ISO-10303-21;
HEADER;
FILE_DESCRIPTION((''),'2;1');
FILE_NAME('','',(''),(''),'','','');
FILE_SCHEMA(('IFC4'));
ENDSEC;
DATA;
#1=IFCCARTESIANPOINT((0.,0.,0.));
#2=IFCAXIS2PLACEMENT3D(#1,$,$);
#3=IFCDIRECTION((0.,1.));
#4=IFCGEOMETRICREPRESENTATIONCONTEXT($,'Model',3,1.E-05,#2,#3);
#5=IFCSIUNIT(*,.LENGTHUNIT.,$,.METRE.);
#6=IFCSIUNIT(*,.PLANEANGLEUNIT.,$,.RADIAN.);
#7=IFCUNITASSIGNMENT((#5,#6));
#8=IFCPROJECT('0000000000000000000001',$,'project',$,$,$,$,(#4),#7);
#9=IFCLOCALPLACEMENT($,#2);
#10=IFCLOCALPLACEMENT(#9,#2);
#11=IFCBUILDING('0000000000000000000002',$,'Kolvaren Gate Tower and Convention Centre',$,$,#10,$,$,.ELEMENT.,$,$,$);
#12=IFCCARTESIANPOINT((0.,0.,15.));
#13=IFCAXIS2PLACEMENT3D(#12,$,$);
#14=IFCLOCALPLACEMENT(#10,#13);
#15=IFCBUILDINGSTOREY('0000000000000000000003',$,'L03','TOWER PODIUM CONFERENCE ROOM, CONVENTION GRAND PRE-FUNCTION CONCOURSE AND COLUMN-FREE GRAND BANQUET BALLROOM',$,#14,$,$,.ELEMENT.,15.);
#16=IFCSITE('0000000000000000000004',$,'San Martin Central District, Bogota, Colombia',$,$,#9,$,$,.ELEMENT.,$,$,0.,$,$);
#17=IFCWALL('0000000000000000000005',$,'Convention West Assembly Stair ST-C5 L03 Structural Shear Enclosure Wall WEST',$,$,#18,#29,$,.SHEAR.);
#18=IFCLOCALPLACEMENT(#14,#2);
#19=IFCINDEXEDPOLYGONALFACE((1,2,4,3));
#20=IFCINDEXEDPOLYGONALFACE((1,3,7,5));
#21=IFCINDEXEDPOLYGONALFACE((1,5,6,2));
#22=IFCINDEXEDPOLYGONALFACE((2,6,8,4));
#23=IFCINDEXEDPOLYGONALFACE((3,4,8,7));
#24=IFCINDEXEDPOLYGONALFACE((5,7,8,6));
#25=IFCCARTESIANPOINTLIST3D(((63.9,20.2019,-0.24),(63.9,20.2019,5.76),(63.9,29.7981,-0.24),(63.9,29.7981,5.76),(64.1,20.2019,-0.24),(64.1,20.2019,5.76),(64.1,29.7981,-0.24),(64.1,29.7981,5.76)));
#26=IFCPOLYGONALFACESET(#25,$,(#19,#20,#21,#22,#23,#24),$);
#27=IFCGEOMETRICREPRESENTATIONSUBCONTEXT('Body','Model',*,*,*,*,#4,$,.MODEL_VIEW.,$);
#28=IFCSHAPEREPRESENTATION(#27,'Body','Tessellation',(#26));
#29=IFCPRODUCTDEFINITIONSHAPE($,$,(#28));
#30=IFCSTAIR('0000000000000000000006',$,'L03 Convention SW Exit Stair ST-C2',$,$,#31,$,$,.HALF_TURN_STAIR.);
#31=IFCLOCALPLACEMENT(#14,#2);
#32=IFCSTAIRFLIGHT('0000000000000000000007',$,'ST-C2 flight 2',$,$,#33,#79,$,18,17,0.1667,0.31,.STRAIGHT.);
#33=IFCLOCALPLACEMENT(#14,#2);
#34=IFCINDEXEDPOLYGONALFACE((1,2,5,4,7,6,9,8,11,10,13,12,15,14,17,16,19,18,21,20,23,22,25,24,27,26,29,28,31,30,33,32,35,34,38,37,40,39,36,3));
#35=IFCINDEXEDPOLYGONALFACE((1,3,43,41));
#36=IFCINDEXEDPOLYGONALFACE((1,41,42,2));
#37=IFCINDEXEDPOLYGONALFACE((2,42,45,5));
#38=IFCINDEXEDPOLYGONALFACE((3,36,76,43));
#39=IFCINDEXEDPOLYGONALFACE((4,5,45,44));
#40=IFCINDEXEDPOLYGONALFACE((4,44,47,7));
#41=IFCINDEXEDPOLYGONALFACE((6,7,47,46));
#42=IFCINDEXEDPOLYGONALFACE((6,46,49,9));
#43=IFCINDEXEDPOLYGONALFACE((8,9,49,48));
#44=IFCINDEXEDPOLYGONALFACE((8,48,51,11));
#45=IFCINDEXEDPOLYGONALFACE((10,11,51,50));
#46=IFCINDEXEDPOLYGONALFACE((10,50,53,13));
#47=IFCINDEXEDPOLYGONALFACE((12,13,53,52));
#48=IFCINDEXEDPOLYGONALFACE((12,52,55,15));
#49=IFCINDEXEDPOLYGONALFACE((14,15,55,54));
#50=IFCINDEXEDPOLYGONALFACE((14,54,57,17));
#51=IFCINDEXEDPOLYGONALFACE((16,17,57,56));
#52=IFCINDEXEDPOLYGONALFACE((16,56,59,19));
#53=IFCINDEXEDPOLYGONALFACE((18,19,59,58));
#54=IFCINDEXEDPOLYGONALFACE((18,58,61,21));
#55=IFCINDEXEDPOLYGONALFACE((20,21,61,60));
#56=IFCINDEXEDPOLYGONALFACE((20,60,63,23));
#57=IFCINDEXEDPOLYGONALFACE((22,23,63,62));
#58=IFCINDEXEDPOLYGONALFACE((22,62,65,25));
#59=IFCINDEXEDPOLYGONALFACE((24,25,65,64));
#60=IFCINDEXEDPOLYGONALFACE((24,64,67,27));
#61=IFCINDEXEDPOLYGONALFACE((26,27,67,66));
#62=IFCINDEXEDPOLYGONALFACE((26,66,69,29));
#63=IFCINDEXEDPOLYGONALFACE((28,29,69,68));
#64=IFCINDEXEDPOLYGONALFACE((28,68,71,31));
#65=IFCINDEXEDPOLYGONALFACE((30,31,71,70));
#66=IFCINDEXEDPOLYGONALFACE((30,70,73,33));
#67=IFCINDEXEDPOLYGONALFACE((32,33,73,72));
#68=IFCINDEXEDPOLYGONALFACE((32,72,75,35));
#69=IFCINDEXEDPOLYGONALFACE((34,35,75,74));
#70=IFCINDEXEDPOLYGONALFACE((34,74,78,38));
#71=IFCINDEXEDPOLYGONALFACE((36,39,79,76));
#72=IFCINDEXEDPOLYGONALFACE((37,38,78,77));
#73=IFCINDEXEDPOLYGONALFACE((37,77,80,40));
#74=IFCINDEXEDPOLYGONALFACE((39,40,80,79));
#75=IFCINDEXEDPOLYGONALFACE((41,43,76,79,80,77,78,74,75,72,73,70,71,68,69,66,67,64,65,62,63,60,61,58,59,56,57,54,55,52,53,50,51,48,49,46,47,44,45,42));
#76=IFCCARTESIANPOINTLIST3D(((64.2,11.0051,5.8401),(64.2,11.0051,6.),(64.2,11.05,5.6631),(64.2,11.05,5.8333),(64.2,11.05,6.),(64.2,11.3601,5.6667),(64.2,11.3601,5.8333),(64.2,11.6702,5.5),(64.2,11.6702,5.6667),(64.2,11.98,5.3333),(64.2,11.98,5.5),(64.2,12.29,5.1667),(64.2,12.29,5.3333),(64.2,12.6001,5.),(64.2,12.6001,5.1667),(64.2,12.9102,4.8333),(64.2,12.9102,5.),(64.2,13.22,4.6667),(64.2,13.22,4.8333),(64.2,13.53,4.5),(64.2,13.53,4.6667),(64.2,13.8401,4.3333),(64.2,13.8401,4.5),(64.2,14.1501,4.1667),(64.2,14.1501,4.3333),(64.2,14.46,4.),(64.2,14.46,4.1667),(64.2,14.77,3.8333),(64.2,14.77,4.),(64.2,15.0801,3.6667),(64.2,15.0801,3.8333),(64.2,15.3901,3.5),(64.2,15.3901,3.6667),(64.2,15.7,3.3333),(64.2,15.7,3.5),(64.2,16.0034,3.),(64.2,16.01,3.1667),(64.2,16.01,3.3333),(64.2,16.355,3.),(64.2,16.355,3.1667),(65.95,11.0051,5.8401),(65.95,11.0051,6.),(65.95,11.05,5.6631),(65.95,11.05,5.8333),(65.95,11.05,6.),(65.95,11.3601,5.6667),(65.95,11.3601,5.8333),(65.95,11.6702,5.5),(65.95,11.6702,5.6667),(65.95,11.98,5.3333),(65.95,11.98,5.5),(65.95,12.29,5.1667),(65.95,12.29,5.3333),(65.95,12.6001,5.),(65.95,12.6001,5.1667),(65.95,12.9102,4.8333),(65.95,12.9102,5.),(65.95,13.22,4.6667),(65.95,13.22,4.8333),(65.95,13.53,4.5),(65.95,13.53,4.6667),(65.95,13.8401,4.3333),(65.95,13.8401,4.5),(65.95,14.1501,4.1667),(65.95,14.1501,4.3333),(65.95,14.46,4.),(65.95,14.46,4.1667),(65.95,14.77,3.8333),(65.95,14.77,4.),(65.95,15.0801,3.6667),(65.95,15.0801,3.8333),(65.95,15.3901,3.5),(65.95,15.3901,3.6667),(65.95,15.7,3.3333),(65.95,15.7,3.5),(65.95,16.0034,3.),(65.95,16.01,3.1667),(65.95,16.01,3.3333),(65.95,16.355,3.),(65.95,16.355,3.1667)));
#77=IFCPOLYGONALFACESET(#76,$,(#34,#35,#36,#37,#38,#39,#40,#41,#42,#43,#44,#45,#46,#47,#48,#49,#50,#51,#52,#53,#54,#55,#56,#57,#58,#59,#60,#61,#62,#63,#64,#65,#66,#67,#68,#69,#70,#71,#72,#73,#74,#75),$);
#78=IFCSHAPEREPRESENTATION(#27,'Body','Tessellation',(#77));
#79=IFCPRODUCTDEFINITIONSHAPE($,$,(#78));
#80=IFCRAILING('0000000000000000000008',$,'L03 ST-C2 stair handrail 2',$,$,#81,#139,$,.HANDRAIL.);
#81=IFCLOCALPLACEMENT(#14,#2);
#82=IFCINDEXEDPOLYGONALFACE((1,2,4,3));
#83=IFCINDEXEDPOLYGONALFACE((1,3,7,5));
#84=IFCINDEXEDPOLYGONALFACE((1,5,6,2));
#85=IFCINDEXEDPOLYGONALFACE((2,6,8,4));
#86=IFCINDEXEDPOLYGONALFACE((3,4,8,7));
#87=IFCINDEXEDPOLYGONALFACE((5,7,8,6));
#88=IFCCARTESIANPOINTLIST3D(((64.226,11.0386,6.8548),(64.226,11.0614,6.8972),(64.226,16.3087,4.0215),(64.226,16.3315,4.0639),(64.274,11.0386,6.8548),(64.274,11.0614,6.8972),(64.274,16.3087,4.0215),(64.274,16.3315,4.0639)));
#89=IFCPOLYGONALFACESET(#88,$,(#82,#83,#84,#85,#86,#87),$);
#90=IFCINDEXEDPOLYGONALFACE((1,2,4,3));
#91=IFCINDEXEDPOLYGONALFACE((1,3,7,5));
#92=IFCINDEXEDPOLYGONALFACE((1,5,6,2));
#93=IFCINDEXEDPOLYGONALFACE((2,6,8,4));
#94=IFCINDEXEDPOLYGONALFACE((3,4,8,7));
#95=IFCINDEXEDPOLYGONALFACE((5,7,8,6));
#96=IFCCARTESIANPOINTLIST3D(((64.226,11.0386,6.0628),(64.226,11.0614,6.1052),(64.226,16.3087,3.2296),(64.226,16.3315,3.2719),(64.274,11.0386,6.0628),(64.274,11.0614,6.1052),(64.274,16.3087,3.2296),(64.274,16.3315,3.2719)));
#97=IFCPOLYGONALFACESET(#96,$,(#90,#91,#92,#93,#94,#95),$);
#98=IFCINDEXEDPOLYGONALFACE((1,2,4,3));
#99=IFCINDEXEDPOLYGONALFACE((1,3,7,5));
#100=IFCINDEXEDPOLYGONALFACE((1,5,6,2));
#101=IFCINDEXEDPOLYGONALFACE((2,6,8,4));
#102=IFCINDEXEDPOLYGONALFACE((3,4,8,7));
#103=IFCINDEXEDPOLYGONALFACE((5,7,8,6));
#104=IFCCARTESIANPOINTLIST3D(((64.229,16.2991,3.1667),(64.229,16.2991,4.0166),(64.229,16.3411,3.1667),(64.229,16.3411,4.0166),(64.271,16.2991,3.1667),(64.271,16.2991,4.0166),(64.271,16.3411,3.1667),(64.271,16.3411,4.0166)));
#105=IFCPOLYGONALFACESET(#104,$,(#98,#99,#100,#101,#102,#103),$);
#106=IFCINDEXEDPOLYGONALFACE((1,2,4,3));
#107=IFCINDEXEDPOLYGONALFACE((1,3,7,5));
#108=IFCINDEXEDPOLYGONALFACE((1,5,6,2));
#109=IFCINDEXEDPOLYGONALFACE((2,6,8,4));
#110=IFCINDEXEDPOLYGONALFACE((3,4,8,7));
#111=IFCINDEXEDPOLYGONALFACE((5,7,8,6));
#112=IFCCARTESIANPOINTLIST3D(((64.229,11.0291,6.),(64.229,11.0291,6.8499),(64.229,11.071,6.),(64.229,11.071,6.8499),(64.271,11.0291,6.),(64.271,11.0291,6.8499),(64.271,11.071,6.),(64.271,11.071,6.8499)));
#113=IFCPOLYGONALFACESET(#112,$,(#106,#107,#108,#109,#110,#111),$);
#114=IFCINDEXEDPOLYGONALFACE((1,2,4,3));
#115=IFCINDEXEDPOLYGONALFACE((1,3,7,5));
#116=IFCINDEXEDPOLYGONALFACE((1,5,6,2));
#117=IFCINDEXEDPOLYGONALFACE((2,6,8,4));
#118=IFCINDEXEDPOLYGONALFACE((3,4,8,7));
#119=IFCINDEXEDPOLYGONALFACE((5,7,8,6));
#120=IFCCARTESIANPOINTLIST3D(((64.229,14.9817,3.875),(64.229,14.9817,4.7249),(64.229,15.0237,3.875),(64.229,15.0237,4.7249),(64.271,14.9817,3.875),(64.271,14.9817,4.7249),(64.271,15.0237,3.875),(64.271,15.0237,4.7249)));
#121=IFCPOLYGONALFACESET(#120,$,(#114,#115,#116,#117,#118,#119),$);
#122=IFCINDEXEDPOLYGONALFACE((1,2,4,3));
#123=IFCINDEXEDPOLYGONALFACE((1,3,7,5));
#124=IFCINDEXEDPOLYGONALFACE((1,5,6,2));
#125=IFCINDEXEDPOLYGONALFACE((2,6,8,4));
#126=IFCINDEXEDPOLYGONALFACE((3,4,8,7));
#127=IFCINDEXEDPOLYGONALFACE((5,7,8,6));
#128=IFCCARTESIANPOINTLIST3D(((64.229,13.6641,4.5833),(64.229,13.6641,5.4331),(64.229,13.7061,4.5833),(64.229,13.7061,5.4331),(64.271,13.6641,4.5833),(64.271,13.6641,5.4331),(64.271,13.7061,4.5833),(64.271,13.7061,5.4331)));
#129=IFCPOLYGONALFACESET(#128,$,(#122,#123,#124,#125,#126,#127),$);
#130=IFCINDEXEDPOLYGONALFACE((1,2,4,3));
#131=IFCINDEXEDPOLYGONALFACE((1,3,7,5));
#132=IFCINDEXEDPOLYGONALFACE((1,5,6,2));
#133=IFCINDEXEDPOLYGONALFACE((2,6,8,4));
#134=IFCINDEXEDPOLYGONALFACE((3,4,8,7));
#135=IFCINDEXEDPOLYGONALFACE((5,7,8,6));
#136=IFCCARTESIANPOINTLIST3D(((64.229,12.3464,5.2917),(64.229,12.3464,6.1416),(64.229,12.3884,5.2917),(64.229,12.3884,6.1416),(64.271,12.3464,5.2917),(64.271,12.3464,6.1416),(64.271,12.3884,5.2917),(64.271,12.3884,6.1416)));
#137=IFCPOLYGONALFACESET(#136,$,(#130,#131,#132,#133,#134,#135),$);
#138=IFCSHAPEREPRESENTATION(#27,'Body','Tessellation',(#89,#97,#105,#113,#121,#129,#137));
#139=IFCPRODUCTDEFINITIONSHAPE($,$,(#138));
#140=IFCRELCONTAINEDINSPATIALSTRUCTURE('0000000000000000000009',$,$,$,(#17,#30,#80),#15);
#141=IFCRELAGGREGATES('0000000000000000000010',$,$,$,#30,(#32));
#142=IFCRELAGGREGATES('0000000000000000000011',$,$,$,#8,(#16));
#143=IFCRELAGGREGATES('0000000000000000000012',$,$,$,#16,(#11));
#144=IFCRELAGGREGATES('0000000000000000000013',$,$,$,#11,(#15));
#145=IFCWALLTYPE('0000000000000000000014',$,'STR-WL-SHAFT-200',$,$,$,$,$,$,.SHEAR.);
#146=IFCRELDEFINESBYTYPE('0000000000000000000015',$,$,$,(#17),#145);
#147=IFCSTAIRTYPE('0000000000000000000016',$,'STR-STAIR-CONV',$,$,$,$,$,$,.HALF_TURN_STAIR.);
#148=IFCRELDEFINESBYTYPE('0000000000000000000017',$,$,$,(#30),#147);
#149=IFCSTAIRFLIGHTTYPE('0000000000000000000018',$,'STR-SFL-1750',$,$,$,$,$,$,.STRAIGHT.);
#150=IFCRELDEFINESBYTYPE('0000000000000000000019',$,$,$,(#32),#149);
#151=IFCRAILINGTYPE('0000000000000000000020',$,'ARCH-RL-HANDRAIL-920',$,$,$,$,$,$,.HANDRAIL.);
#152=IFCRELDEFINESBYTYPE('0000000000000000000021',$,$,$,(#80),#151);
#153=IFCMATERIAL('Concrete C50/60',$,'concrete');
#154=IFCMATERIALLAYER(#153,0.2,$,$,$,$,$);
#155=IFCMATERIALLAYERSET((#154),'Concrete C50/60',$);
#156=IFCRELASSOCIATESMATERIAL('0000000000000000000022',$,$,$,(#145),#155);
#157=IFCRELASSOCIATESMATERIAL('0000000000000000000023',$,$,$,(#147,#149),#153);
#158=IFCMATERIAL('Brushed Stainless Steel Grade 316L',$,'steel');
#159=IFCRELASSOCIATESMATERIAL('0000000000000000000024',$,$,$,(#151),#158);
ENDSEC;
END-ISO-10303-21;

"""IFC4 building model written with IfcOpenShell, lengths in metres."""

from ifc_helpers import new_model, si_unit, direction, frame, frame_2d, origin, origin_2d, place, context, subcontext, project, spatial, polyline, rectangle, outline, extrude, material, layer, layer_set, type_object, element, aggregate, save


model = new_model("IFC4")

# Units and contexts
model_context = context("Model", 3, precision=1e-05, world=origin(), true_north=direction((0.0, 1.0)))
body_context = subcontext(model_context, "Body", "Model", "MODEL_VIEW")
ifc_project = project(units=[si_unit("LENGTHUNIT", "METRE"), si_unit("PLANEANGLEUNIT", "RADIAN")], contexts=[model_context])

# Site, building, storey
site_placement = place(None, origin())
site = spatial("IfcSite", under=ifc_project, at=site_placement, Name="San Martin Central District, Bogota, Colombia", CompositionType="ELEMENT", RefElevation=0.0)
building_placement = place(site_placement, origin())
building = spatial("IfcBuilding", under=site, at=building_placement, Name="Kolvaren Gate Tower and Convention Centre", CompositionType="ELEMENT")
storey_placement = place(building_placement, frame((0.0, 0.0, 15.0)))
storey = spatial("IfcBuildingStorey", under=building, at=storey_placement, Name="L03", Description="TOWER PODIUM CONFERENCE ROOM, CONVENTION GRAND PRE-FUNCTION CONCOURSE AND COLUMN-FREE GRAND BANQUET BALLROOM", CompositionType="ELEMENT", Elevation=15.0)

# Shared definitions
ifc_material_1 = material(Name="Concrete C50/60", Category="concrete")
ifc_layer_1 = layer(ifc_material_1, 0.2)
ifc_layer_set_1 = layer_set([ifc_layer_1], Name="Concrete C50/60")
wall_type_1 = type_object("IfcWallType", Name="STR-WL-SHAFT-200", PredefinedType="SHEAR", material=ifc_layer_set_1)

# Wall
wall_1_placement = place(storey_placement, frame((64.0, 20.2019, -0.24), z_axis=(0.0, 0.0, 1.0), x_axis=(0.0, 1.0, 0.0)))
element("IfcWall", 1, at=wall_1_placement, inside=storey, type_object=wall_type_1, Name="Convention West Assembly Stair ST-C5 L03 Structural Shear Enclosure Wall WEST", PredefinedType="SHEAR", context=body_context, shape_type="SweptSolid", body=[
    extrude(rectangle(XDim=9.5962, YDim=0.2, at=frame_2d((4.7981, 0.0))), origin(), (0.0, 0.0, 1.0), 6.0),
])

# Stair, stair flight
stair_type = type_object("IfcStairType", Name="STR-STAIR-CONV", PredefinedType="HALF_TURN_STAIR", material=ifc_material_1)
stair_placement = place(storey_placement, origin())
stair = element("IfcStair", 2, at=stair_placement, inside=storey, type_object=stair_type, Name="L03 Convention SW Exit Stair ST-C2", PredefinedType="HALF_TURN_STAIR")
stair_flight_type = type_object("IfcStairFlightType", Name="STR-SFL-1750", PredefinedType="STRAIGHT", material=ifc_material_1)
stair_flight_placement = place(storey_placement, frame((65.075, 16.3201, 3.0), z_axis=(0.0, 0.0, 1.0), x_axis=(0.0, -1.0, 0.0)))
stair_flight = element("IfcStairFlight", 3, at=stair_flight_placement, type_object=stair_flight_type, Name="ST-C2 flight 2", NumberOfRisers=18, NumberOfTreads=17, PredefinedType="STRAIGHT", RiserHeight=0.1667, TreadLength=0.31, context=body_context, shape_type="SweptSolid", body=[
    extrude(outline(polyline([(-0.0349, 0.0), (-0.0349, 0.1667), (0.3101, 0.1667), (0.3101, 0.3333), (0.6201, 0.3333), (0.6201, 0.5), (0.9299, 0.5), (0.9299, 0.6667), (1.24, 0.6667), (1.24, 0.8333), (1.55, 0.8333), (1.55, 1.0), (1.8601, 1.0), (1.8601, 1.1667), (2.1699, 1.1667), (2.1699, 1.3333), (2.48, 1.3333), (2.48, 1.5), (2.79, 1.5), (2.79, 1.6667), (3.1001, 1.6667), (3.1001, 1.8333), (3.4099, 1.8333), (3.4099, 2.0), (3.72, 2.0), (3.72, 2.1667), (4.03, 2.1667), (4.03, 2.3333), (4.3401, 2.3333), (4.3401, 2.5), (4.6499, 2.5), (4.6499, 2.6667), (4.96, 2.6667), (4.96, 2.8333), (5.27, 2.8333), (5.27, 3.0), (5.3149, 3.0), (5.3149, 2.8401), (5.27, 2.6631), (0.3167, 0.0), (-0.0349, 0.0)])), frame((0.0, 0.875, 0.0), z_axis=(0.0, -1.0, 0.0), x_axis=(1.0, 0.0, 0.0)), (0.0, 0.0, 1.0), 1.75),
])
aggregate(stair, [stair_flight])

# Railing
ifc_material_2 = material(Name="Brushed Stainless Steel Grade 316L", Category="steel")
railing_type = type_object("IfcRailingType", Name="ARCH-RL-HANDRAIL-920", PredefinedType="HANDRAIL", material=ifc_material_2)
railing_placement = place(storey_placement, frame((64.25, 16.3201, 3.1667)))
element("IfcRailing", 4, at=railing_placement, inside=storey, type_object=railing_type, Name="L03 ST-C2 stair handrail 2", PredefinedType="HANDRAIL", context=body_context, shape_type="SweptSolid", body=[
    extrude(rectangle(XDim=0.0481, YDim=0.0481, at=origin_2d()), frame((0.0, 0.0, 0.876), z_axis=(0.0, -0.880781, 0.473523), x_axis=(1.0, 0.0, 0.0)), (0.0, 0.0, 1.0), 5.9834),
    extrude(rectangle(XDim=0.0481, YDim=0.0481, at=origin_2d()), frame((0.0, 0.0, 0.084), z_axis=(0.0, -0.880781, 0.473523), x_axis=(1.0, 0.0, 0.0)), (0.0, 0.0, 1.0), 5.9834),
    extrude(rectangle(XDim=0.042, YDim=0.042, at=origin_2d()), origin(), (0.0, 0.0, 1.0), 0.8499),
    extrude(rectangle(XDim=0.042, YDim=0.042, at=origin_2d()), frame((0.0, -5.27, 2.8333)), (0.0, 0.0, 1.0), 0.8499),
    extrude(rectangle(XDim=0.042, YDim=0.042, at=origin_2d()), frame((0.0, -1.3174, 0.7083)), (0.0, 0.0, 1.0), 0.8499),
    extrude(rectangle(XDim=0.042, YDim=0.042, at=origin_2d()), frame((0.0, -2.635, 1.4165)), (0.0, 0.0, 1.0), 0.8499),
    extrude(rectangle(XDim=0.042, YDim=0.042, at=origin_2d()), frame((0.0, -3.9526, 2.125)), (0.0, 0.0, 1.0), 0.8499),
])

save(model, "model.ifc")
